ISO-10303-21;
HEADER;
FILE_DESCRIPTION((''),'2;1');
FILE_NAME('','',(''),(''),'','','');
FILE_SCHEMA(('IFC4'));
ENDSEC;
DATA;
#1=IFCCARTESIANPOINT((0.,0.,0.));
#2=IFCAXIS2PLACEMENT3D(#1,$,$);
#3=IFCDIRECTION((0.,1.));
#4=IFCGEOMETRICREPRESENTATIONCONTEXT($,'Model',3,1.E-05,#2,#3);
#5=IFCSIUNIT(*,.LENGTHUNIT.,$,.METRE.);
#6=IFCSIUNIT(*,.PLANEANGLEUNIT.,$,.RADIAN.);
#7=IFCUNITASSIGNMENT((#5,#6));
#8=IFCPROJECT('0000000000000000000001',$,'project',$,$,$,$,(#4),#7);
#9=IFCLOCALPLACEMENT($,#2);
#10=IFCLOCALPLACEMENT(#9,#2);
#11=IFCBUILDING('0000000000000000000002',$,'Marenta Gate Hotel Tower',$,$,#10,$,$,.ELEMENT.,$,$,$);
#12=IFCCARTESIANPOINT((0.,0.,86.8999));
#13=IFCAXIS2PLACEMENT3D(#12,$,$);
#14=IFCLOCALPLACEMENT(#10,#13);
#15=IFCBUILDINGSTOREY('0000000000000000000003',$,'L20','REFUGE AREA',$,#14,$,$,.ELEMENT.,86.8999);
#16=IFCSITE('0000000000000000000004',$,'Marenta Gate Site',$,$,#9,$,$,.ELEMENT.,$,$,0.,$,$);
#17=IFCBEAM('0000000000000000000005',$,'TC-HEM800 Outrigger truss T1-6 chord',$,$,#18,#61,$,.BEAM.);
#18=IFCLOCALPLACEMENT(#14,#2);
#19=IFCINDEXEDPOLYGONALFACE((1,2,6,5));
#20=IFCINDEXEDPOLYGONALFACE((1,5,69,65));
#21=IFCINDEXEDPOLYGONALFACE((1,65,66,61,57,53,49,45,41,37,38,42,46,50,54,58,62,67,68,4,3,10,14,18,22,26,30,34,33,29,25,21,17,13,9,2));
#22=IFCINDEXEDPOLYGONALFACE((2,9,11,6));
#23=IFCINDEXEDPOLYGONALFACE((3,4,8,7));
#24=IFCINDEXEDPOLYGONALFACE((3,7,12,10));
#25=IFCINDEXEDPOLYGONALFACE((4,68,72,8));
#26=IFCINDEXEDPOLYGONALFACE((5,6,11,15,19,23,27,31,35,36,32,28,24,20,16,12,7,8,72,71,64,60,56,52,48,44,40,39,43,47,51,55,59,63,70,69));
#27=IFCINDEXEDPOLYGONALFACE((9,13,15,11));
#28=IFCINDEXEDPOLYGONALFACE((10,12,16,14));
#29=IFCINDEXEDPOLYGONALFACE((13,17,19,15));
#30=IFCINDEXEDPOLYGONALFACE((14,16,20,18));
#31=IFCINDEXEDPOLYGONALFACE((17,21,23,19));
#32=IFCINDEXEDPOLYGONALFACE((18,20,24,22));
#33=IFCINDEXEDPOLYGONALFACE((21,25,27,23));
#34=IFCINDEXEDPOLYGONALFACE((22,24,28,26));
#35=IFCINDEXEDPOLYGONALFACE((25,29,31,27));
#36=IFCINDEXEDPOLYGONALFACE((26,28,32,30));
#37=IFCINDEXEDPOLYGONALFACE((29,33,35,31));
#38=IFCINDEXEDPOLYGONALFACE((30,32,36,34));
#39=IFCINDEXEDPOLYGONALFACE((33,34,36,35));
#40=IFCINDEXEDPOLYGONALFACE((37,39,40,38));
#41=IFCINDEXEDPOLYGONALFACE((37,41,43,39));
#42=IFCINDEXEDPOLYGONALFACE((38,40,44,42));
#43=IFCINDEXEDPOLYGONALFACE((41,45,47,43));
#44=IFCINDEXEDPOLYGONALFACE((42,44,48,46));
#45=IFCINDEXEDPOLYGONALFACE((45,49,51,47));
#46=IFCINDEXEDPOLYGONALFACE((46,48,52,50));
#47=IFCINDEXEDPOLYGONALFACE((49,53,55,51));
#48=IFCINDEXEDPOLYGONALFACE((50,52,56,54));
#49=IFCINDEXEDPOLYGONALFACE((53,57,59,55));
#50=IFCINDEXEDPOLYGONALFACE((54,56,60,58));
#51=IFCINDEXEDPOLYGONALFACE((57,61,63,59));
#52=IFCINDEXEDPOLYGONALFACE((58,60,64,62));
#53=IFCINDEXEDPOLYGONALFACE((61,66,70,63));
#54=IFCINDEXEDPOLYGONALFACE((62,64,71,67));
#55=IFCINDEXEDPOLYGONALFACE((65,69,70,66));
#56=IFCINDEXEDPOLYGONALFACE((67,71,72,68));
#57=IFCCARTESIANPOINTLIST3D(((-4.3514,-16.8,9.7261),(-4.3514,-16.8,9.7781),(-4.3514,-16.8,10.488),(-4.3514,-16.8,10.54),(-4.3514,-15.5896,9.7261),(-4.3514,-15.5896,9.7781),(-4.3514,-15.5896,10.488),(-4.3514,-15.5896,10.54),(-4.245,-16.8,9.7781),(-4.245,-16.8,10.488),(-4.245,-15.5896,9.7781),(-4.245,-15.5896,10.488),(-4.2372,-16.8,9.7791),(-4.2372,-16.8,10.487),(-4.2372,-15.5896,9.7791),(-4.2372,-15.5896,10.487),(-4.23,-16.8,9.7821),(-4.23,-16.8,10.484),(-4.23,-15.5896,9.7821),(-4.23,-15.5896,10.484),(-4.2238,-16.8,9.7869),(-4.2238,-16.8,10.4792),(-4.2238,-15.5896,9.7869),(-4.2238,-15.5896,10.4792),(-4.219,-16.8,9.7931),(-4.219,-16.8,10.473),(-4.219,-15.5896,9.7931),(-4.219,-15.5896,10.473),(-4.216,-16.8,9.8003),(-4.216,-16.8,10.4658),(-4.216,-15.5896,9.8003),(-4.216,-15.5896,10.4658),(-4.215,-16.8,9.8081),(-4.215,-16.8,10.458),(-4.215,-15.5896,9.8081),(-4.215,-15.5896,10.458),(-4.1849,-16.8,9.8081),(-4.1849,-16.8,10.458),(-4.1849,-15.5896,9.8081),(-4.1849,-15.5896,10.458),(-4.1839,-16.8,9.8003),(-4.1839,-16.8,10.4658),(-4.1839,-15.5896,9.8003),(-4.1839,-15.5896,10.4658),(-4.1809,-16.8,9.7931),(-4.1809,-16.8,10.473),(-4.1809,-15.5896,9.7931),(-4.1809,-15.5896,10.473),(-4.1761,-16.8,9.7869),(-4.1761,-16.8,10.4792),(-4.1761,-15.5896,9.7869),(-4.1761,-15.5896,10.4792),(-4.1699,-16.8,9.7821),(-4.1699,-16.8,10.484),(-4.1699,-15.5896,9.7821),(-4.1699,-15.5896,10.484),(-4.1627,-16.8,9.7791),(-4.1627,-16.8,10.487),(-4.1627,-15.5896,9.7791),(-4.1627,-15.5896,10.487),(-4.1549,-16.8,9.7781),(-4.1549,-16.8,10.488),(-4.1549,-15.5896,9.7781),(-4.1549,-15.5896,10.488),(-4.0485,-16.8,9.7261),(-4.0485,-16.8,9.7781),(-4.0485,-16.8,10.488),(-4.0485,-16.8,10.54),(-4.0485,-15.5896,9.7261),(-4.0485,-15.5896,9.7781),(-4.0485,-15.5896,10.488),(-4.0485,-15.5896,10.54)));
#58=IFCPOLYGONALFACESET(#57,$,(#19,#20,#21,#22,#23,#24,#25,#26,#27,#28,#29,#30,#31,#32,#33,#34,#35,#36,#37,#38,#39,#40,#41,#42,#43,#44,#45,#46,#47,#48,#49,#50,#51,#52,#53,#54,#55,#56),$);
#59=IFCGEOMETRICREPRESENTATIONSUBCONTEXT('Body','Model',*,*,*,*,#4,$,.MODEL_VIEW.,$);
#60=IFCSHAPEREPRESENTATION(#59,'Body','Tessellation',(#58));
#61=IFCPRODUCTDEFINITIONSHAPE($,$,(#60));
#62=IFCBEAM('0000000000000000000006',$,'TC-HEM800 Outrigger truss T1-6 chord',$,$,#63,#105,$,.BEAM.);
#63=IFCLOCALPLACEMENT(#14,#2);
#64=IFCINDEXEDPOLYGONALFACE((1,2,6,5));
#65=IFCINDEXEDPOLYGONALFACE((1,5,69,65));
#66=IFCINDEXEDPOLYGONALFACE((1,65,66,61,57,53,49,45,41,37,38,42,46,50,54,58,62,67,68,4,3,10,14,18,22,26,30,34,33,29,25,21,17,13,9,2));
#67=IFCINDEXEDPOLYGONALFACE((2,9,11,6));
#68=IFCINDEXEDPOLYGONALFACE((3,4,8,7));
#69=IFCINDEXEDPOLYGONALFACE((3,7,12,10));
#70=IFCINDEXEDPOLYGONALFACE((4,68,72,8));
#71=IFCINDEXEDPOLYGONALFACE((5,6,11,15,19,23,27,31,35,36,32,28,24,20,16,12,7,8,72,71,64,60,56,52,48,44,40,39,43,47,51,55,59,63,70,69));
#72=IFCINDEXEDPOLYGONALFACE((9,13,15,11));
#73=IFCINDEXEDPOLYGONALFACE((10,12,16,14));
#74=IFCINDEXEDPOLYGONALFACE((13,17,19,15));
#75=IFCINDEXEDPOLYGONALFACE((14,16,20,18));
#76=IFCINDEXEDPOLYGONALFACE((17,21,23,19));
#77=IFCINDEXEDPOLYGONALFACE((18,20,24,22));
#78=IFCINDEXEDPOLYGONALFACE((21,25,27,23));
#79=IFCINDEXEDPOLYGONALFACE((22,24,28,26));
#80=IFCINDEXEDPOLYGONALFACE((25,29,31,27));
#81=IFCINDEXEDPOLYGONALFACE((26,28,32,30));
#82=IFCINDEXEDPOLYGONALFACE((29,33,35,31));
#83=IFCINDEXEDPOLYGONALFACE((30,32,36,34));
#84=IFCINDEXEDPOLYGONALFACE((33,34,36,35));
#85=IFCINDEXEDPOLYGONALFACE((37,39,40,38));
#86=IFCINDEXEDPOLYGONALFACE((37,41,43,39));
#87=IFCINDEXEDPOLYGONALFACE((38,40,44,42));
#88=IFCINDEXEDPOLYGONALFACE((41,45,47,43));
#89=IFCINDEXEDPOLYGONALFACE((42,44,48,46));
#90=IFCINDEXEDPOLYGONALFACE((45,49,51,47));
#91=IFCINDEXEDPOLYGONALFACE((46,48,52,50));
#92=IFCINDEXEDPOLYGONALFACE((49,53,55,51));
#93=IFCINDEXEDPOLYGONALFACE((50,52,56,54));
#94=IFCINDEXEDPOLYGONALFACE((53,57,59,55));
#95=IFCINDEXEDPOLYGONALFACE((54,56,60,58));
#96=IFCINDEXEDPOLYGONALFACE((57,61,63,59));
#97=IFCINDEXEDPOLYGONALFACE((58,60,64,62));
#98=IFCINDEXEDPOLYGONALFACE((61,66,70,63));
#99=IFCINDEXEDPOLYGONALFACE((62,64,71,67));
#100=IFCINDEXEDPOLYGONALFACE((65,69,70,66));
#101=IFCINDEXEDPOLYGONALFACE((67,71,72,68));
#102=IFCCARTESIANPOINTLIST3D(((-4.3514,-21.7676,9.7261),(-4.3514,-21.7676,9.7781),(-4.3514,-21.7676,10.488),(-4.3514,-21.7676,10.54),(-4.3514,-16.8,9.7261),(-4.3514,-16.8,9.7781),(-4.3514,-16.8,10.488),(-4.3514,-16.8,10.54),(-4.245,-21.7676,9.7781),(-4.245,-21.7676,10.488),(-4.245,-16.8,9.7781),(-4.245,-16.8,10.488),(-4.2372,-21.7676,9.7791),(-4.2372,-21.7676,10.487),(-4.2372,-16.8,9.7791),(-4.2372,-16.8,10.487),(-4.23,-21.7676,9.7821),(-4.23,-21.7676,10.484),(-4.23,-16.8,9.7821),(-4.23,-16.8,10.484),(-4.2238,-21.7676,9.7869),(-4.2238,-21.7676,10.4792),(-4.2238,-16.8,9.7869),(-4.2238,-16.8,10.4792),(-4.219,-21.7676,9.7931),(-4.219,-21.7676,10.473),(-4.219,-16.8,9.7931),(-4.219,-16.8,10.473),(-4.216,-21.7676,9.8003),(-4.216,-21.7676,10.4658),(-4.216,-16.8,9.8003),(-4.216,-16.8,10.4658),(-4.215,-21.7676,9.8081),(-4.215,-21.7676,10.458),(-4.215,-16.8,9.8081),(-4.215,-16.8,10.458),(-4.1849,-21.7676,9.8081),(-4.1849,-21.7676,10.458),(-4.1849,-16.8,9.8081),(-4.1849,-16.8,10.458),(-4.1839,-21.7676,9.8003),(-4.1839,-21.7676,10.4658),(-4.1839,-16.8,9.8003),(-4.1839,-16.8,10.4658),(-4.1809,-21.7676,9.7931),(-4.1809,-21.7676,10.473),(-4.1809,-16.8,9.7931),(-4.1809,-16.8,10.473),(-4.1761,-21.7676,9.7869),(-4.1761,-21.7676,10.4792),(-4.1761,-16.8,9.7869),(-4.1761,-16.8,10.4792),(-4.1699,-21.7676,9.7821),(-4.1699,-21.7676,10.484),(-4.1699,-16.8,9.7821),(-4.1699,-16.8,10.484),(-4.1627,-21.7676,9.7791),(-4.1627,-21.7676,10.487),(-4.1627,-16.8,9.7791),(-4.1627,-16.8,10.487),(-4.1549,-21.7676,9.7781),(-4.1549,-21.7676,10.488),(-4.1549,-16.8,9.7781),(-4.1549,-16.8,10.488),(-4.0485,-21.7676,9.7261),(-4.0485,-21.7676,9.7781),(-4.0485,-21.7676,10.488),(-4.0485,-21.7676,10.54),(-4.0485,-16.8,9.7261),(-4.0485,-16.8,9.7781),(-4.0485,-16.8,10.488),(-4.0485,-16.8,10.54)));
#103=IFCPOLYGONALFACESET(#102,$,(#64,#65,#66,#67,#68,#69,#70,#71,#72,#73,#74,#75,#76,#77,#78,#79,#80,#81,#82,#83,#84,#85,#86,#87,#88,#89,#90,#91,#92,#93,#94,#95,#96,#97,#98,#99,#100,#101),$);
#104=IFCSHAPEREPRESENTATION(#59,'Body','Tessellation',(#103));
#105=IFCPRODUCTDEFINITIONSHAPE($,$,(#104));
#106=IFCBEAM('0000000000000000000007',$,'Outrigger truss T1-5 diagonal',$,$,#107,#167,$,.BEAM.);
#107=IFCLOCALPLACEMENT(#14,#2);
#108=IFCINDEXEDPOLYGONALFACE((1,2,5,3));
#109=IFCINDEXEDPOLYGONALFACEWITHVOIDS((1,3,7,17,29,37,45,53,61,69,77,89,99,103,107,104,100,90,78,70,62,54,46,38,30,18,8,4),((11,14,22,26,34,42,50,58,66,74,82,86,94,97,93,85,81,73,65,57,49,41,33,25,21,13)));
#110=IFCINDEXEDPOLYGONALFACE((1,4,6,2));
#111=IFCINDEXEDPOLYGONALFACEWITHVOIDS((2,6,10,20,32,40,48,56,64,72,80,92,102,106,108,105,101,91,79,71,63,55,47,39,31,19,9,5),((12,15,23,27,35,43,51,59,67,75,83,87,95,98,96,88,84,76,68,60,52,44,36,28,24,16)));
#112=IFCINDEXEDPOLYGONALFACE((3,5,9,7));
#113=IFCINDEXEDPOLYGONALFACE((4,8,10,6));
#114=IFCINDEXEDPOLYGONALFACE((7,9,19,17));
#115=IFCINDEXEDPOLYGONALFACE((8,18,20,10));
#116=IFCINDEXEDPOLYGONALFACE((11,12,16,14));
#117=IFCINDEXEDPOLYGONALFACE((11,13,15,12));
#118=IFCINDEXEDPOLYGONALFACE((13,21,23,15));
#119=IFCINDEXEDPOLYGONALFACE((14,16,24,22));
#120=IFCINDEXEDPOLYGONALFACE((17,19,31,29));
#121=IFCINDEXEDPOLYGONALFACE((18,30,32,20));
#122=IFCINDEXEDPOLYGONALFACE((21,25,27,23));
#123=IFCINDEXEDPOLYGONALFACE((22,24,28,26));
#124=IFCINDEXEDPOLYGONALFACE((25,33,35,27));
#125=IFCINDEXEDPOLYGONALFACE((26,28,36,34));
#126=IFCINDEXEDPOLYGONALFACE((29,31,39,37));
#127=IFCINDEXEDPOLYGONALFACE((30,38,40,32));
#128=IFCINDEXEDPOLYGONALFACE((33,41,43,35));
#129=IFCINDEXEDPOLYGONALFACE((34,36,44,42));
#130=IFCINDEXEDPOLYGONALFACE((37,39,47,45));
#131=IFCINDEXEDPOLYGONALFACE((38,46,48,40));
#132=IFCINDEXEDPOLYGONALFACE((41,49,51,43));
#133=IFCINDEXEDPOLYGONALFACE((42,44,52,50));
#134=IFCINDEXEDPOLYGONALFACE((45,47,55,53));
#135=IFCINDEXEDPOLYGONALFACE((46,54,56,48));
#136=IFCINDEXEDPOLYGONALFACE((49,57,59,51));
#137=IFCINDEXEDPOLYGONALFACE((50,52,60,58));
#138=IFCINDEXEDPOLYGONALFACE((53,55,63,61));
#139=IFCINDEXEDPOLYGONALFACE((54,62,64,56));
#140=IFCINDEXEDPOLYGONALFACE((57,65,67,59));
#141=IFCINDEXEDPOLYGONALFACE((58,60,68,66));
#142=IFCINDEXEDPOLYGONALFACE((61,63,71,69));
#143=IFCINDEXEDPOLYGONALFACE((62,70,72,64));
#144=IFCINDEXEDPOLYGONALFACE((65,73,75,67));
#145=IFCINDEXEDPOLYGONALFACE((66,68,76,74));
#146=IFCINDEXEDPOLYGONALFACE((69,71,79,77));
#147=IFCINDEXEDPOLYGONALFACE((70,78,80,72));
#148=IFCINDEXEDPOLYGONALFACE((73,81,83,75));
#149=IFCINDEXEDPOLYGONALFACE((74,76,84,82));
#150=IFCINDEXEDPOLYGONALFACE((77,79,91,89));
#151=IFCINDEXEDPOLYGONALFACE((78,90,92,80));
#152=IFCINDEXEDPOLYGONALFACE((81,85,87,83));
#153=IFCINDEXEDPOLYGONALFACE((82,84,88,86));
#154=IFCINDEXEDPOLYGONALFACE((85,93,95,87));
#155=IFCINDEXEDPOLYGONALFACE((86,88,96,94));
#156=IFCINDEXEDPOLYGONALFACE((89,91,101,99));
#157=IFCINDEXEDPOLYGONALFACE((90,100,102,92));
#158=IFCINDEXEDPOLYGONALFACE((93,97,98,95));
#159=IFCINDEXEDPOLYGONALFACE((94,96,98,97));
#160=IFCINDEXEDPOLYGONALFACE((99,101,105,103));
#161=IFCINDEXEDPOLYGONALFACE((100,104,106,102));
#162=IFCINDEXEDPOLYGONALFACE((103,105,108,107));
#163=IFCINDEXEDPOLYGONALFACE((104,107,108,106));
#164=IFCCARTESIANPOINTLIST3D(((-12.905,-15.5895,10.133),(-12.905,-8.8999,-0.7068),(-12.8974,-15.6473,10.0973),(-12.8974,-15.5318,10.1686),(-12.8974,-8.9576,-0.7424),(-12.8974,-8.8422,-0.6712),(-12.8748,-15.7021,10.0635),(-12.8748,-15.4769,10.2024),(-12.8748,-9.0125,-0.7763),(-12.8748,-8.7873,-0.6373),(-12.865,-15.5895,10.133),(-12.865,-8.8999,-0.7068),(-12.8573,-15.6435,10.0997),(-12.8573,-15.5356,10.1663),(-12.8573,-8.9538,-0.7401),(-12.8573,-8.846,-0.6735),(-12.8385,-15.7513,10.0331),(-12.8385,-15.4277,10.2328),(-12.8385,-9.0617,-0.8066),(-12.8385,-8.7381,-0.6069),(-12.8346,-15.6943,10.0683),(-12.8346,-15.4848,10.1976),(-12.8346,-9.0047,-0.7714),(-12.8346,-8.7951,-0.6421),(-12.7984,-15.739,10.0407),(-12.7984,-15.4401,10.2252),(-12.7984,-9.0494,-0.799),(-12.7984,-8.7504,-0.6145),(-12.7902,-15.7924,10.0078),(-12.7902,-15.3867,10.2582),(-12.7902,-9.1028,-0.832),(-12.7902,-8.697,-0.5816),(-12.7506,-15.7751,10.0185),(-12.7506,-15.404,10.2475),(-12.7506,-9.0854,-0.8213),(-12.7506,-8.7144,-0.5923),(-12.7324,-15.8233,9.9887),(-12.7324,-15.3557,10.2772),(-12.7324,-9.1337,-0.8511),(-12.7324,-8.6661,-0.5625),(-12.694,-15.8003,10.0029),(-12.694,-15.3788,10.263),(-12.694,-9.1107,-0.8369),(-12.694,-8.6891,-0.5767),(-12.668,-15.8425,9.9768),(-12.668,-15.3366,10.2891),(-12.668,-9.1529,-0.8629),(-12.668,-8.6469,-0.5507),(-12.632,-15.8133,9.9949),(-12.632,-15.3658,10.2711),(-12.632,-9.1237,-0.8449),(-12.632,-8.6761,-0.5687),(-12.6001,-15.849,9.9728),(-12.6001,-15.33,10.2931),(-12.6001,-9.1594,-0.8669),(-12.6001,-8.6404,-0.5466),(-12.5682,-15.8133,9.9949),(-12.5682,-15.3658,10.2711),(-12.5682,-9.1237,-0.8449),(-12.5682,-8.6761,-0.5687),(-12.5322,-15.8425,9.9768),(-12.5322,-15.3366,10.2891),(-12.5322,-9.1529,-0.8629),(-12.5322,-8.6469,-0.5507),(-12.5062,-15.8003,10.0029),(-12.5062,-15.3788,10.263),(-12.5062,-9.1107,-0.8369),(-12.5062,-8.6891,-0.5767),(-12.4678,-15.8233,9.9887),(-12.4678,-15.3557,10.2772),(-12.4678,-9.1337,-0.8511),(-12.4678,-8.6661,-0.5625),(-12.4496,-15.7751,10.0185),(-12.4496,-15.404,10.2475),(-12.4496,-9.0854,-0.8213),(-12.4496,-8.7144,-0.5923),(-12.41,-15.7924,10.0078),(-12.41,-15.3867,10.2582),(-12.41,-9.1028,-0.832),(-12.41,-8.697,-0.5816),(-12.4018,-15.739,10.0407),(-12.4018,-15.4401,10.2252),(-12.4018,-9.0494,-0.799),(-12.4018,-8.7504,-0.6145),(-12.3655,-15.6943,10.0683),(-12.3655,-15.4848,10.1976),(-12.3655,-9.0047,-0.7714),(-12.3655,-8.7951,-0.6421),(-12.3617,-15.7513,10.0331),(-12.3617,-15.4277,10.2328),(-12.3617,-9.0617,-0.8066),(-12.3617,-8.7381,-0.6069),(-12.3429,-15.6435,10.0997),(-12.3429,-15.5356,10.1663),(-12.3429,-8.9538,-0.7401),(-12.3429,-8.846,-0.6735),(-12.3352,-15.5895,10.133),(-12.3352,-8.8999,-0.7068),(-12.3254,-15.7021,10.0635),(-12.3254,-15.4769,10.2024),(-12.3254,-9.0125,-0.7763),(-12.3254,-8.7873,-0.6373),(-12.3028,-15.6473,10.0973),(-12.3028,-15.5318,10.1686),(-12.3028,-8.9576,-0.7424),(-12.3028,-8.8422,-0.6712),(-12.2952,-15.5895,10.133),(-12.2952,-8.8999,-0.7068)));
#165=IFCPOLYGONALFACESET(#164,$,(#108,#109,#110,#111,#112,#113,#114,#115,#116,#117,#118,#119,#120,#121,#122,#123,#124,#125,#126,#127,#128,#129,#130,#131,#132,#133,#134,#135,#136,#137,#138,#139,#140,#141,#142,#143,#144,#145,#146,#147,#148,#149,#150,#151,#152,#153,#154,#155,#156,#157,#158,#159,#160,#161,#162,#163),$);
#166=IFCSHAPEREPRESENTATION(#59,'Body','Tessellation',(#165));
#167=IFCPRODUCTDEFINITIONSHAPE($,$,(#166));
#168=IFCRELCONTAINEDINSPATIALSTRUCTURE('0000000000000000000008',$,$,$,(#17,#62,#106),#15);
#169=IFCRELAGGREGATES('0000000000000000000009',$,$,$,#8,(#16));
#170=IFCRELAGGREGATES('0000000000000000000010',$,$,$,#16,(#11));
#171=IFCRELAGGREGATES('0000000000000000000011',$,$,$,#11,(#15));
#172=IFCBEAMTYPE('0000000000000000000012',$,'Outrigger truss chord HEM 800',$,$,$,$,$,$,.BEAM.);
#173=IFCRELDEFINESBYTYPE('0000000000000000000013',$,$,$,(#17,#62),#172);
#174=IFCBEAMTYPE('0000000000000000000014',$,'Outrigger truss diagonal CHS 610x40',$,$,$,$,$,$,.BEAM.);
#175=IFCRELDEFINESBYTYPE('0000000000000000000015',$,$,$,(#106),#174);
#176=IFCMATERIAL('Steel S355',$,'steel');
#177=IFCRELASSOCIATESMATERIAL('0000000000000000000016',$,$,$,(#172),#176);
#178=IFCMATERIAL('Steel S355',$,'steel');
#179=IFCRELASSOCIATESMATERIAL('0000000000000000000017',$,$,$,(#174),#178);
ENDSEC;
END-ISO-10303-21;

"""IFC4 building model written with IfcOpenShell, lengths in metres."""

from ifc_helpers import new_model, si_unit, direction, frame, origin, origin_2d, place, context, subcontext, project, spatial, hollow_circle, i_section, extrude, material, material_profile, profile_set, type_object, element, save


model = new_model("IFC4")

# Units and contexts
model_context = context("Model", 3, precision=1e-05, world=origin(), true_north=direction((0.0, 1.0)))
body_context = subcontext(model_context, "Body", "Model", "MODEL_VIEW")
ifc_project = project(units=[si_unit("LENGTHUNIT", "METRE"), si_unit("PLANEANGLEUNIT", "RADIAN")], contexts=[model_context])

# Site, building, storey
site_placement = place(None, origin())
site = spatial("IfcSite", under=ifc_project, at=site_placement, Name="Marenta Gate Site", CompositionType="ELEMENT", RefElevation=0.0)
building_placement = place(site_placement, origin())
building = spatial("IfcBuilding", under=site, at=building_placement, Name="Marenta Gate Hotel Tower", CompositionType="ELEMENT")
storey_placement = place(building_placement, frame((0.0, 0.0, 86.8999)))
storey = spatial("IfcBuildingStorey", under=building, at=storey_placement, Name="L20", Description="REFUGE AREA", CompositionType="ELEMENT", Elevation=86.8999)

# Beams
ifc_material_1 = material(Name="Steel S355", Category="steel")
ifc_material_profile_1 = material_profile(ifc_material_1, i_section(OverallWidth=0.303, OverallDepth=0.814, WebThickness=0.03, FlangeThickness=0.052, FilletRadius=0.03, at=origin_2d()), Name="HEM 800")
ifc_profile_set_1 = profile_set([ifc_material_profile_1], Name="Steel S355")
beam_type_1 = type_object("IfcBeamType", Name="Outrigger truss chord HEM 800", PredefinedType="BEAM", material=ifc_profile_set_1)
beam_1_placement = place(storey_placement, frame((-4.2, -15.5896, 10.1331), z_axis=(0.0, -1.0, 0.0), x_axis=(1.0, 0.0, 0.0)))
element("IfcBeam", 1, at=beam_1_placement, inside=storey, type_object=beam_type_1, Name="TC-HEM800 Outrigger truss T1-6 chord", PredefinedType="BEAM", context=body_context, shape_type="SweptSolid", body=[
    extrude(i_section(OverallWidth=0.303, OverallDepth=0.814, WebThickness=0.03, FlangeThickness=0.052, FilletRadius=0.03, at=origin_2d()), origin(), (0.0, 0.0, 1.0), 1.2104),
])
beam_2_placement = place(storey_placement, frame((-4.2, -16.8, 10.1331), z_axis=(0.0, -1.0, 0.0), x_axis=(1.0, 0.0, 0.0)))
element("IfcBeam", 2, at=beam_2_placement, inside=storey, type_object=beam_type_1, Name="TC-HEM800 Outrigger truss T1-6 chord", PredefinedType="BEAM", context=body_context, shape_type="SweptSolid", body=[
    extrude(i_section(OverallWidth=0.303, OverallDepth=0.814, WebThickness=0.03, FlangeThickness=0.052, FilletRadius=0.03, at=origin_2d()), origin(), (0.0, 0.0, 1.0), 4.9675),
])
ifc_material_2 = material(Name="Steel S355", Category="steel")
ifc_material_profile_2 = material_profile(ifc_material_2, hollow_circle(Radius=0.3049, WallThickness=0.04, at=origin_2d()), Name="CHS 610x40")
ifc_profile_set_2 = profile_set([ifc_material_profile_2], Name="Steel S355")
beam_type_2 = type_object("IfcBeamType", Name="Outrigger truss diagonal CHS 610x40", PredefinedType="BEAM", material=ifc_profile_set_2)
beam_3_placement = place(storey_placement, frame((-12.6001, -8.8999, -0.7068), z_axis=(0.0, -0.52518, 0.850991), x_axis=(1.0, 0.0, 0.0)))
element("IfcBeam", 3, at=beam_3_placement, inside=storey, type_object=beam_type_2, Name="Outrigger truss T1-5 diagonal", PredefinedType="BEAM", context=body_context, shape_type="SweptSolid", body=[
    extrude(hollow_circle(Radius=0.3049, WallThickness=0.04, at=origin_2d()), origin(), (0.0, 0.0, 1.0), 12.7378),
])

save(model, "model.ifc")
